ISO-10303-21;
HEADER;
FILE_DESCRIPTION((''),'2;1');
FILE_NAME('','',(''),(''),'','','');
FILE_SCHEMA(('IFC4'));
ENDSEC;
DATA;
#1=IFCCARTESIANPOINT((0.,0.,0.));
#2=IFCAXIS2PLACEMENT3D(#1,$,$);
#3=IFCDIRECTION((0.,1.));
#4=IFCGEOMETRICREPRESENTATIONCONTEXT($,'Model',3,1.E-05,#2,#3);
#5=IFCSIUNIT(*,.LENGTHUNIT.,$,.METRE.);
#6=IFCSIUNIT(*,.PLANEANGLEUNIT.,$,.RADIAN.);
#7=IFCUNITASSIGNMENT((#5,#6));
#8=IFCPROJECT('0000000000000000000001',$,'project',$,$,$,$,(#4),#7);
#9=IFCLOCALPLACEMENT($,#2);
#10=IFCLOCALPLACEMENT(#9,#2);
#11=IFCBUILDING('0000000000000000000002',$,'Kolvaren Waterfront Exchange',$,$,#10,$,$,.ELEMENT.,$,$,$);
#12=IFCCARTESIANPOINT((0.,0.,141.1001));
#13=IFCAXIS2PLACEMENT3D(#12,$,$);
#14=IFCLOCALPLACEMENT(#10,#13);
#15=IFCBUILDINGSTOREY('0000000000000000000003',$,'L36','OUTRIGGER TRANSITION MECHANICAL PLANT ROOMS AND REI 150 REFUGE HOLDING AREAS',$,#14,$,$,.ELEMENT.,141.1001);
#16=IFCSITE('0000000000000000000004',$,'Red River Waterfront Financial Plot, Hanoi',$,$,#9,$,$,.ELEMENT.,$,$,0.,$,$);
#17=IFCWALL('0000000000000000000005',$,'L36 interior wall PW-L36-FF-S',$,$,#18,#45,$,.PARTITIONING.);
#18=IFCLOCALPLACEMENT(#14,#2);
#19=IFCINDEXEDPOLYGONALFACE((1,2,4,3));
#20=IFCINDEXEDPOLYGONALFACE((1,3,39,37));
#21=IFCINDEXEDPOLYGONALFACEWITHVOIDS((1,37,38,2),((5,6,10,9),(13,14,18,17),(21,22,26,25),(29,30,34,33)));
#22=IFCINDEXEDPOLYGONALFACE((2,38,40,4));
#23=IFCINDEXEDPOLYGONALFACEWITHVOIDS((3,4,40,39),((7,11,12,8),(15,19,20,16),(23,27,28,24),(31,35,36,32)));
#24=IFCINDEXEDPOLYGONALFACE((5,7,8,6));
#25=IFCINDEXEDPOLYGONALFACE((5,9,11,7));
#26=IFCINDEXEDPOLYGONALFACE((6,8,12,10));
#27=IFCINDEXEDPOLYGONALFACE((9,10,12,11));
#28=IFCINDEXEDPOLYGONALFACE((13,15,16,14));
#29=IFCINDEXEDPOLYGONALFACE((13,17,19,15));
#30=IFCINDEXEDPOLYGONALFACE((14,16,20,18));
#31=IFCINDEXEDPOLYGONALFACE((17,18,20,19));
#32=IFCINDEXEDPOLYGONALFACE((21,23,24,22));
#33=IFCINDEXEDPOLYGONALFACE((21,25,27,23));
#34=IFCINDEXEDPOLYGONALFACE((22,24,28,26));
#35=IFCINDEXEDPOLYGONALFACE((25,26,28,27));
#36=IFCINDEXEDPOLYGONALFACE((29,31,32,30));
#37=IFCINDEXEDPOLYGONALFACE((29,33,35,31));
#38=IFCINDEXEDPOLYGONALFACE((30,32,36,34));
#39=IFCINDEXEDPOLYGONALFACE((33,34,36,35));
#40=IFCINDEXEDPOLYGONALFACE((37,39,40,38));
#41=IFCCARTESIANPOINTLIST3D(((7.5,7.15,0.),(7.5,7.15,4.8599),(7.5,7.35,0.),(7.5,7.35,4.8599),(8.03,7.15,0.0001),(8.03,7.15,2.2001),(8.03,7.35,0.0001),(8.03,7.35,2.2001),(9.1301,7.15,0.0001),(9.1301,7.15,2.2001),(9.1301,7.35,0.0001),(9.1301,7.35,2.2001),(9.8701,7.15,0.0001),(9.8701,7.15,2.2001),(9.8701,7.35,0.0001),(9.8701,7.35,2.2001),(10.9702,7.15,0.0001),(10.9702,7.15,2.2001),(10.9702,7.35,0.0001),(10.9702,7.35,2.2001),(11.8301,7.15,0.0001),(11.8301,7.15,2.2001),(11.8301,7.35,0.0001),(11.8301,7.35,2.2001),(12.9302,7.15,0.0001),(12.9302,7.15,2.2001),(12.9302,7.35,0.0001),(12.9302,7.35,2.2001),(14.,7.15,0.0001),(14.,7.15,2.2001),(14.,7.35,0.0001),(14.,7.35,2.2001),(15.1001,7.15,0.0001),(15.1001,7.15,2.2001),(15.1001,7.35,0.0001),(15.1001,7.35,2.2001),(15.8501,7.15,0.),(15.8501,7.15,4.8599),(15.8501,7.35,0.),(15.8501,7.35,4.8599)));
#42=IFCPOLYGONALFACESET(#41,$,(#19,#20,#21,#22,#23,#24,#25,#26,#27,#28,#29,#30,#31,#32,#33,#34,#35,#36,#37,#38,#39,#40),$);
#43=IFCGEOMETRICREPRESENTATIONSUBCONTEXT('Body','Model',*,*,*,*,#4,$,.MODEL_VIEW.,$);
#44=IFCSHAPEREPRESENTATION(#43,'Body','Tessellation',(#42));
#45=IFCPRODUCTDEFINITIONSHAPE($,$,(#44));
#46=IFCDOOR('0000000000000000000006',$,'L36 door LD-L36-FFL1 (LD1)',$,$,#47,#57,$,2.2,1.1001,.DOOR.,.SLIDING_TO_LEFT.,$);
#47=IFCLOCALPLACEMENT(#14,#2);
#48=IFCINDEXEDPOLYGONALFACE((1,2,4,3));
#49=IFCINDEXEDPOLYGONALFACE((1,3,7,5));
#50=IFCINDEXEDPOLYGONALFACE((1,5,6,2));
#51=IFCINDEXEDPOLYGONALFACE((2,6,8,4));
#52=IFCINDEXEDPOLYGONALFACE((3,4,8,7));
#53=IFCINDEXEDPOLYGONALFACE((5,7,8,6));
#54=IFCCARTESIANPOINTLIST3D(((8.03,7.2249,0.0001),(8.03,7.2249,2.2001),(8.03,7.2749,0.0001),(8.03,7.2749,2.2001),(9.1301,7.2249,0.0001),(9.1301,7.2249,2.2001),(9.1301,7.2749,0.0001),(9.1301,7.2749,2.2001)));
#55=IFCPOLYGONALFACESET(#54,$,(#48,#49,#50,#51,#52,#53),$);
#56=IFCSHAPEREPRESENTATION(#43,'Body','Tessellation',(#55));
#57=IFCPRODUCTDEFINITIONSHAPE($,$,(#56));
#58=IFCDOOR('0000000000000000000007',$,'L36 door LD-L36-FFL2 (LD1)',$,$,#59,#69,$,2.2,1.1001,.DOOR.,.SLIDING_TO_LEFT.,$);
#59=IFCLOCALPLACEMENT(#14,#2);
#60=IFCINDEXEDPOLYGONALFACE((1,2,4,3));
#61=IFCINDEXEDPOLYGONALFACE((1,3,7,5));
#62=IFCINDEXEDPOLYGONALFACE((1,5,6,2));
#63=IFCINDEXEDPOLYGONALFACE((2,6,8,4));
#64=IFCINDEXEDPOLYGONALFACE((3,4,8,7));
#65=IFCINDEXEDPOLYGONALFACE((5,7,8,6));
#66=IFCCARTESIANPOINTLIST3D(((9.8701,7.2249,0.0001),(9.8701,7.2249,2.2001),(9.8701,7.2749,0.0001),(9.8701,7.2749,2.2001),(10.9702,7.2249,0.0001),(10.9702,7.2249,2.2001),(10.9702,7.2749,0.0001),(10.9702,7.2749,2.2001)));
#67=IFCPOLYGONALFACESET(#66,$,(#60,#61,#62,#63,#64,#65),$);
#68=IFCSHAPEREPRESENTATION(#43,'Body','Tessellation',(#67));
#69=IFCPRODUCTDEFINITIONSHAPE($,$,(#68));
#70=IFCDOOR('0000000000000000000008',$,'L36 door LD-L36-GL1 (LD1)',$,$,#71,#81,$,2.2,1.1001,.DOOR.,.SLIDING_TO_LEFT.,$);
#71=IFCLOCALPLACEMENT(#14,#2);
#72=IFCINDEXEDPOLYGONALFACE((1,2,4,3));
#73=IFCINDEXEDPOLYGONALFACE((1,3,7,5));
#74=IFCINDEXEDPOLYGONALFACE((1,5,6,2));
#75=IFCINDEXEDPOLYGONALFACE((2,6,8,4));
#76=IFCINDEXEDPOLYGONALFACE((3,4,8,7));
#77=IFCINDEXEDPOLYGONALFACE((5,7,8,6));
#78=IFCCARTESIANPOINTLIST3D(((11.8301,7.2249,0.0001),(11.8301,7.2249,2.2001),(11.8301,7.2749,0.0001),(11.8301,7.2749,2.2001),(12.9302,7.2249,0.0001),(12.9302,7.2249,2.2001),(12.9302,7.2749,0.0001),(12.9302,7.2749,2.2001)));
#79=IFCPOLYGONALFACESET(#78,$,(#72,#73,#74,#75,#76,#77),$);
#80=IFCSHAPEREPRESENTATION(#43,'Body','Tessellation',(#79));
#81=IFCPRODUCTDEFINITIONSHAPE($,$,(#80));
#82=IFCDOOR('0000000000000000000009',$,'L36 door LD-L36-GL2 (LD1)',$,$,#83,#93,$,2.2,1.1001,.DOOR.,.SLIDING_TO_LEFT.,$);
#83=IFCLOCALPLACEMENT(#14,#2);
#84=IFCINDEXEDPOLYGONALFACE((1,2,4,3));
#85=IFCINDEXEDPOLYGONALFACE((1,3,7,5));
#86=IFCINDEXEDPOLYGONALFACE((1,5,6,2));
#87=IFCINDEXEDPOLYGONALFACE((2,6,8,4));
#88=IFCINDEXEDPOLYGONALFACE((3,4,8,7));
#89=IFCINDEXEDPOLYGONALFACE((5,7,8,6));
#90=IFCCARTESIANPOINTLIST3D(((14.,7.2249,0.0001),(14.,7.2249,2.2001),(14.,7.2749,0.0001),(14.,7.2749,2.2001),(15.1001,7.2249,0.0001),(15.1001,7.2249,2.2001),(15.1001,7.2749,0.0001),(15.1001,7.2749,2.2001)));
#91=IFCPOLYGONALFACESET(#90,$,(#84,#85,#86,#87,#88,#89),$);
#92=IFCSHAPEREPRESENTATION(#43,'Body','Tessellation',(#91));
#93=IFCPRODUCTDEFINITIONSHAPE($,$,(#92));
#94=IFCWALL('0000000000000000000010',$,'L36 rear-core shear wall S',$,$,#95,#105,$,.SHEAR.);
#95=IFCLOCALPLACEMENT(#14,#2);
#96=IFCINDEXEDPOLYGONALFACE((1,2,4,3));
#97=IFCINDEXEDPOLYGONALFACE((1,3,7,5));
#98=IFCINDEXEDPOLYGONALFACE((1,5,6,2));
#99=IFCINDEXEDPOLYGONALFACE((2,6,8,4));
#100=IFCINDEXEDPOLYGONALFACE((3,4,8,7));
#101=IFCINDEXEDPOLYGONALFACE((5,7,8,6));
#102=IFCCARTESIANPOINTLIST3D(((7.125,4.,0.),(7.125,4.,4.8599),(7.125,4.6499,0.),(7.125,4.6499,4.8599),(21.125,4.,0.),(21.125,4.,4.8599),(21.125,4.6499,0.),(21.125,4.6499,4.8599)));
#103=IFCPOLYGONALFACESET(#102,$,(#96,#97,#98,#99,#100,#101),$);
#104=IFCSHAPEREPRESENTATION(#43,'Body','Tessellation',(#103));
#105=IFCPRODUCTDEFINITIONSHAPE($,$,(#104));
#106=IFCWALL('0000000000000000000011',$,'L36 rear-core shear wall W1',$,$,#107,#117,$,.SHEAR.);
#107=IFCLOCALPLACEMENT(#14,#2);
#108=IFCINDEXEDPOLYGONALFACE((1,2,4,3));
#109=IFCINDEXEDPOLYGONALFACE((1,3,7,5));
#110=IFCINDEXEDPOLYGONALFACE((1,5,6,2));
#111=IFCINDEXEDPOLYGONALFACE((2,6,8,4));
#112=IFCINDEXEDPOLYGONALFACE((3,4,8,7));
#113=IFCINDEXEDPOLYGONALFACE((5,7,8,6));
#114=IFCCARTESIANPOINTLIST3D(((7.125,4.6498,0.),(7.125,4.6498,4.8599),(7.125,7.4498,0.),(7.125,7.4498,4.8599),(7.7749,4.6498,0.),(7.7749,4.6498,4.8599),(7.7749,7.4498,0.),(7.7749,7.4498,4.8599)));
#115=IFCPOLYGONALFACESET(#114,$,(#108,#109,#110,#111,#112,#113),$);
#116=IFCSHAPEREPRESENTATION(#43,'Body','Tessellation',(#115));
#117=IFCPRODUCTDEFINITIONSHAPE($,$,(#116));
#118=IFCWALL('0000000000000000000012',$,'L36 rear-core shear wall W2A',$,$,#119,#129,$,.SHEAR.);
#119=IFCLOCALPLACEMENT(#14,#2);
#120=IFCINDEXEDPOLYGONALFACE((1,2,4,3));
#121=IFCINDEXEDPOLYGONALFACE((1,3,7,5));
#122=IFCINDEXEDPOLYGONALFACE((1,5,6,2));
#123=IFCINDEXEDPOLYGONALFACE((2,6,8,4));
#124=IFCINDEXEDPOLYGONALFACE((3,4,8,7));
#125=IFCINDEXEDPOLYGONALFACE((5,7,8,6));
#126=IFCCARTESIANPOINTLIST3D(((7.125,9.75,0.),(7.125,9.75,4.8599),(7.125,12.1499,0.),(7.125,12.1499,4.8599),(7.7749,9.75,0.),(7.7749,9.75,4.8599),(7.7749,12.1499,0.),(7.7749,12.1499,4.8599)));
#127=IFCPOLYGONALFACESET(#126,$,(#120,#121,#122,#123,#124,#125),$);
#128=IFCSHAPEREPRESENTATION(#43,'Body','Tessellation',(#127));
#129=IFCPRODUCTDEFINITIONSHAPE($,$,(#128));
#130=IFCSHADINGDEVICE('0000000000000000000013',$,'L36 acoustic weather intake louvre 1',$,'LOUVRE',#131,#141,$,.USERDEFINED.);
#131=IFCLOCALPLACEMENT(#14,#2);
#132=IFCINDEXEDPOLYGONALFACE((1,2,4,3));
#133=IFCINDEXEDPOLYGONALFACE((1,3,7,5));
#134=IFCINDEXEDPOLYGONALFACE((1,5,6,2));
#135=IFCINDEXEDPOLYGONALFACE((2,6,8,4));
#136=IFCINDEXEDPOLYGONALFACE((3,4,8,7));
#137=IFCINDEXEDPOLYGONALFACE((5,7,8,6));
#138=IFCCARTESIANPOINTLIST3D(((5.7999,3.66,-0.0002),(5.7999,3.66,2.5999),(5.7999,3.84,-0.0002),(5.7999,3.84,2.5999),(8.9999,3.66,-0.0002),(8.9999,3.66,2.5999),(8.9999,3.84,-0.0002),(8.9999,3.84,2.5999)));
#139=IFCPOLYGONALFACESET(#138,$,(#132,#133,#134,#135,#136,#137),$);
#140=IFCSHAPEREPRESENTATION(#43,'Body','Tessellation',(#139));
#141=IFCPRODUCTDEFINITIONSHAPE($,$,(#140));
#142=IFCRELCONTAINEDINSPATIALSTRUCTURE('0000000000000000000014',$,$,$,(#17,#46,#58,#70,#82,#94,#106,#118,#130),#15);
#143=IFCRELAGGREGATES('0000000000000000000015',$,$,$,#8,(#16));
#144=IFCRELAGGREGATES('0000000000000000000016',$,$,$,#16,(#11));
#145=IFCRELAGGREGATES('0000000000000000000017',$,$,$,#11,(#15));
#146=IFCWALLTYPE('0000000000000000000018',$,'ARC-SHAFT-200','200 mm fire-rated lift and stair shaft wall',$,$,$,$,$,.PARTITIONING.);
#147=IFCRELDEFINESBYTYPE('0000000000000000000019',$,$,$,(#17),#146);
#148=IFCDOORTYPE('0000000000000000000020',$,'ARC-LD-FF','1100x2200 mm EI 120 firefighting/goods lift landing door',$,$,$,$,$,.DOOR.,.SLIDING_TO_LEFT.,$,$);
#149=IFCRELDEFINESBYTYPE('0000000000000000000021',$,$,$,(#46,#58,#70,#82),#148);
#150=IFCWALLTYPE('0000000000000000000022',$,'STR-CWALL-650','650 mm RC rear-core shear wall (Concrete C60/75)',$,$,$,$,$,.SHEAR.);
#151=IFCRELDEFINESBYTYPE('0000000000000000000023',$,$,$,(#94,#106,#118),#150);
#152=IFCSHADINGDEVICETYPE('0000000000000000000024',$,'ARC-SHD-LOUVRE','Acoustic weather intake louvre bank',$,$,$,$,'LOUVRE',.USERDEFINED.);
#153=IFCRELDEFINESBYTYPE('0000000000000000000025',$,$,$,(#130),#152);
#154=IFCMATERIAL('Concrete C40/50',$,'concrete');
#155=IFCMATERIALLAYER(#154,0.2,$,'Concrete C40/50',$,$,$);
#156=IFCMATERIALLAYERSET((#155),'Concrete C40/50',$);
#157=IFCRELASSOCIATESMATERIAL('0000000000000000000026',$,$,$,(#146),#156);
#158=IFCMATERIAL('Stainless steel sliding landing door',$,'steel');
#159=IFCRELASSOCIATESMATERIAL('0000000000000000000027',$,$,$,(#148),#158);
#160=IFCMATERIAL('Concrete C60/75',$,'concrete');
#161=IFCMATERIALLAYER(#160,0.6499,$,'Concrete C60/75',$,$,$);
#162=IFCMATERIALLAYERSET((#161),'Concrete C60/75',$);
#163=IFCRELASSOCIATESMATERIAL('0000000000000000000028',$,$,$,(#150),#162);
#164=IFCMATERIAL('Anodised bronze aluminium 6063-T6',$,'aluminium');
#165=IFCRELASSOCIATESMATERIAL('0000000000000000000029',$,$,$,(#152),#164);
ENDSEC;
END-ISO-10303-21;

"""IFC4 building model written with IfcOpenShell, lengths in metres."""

from ifc_helpers import new_model, si_unit, direction, frame, frame_2d, origin, origin_with_axes, origin_2d, place, context, subcontext, project, spatial, rectangle, extrude, source, transform, mapped, material, layer, layer_set, type_object, element, fill, save


model = new_model("IFC4")

# Units and contexts
model_context = context("Model", 3, precision=1e-05, world=origin(), true_north=direction((0.0, 1.0)))
body_context = subcontext(model_context, "Body", "Model", "MODEL_VIEW")
ifc_project = project(units=[si_unit("LENGTHUNIT", "METRE"), si_unit("PLANEANGLEUNIT", "RADIAN")], contexts=[model_context])

# Site, building, storey
site_placement = place(None, origin())
site = spatial("IfcSite", under=ifc_project, at=site_placement, Name="Red River Waterfront Financial Plot, Hanoi", CompositionType="ELEMENT", RefElevation=0.0)
building_placement = place(site_placement, origin())
building = spatial("IfcBuilding", under=site, at=building_placement, Name="Kolvaren Waterfront Exchange", CompositionType="ELEMENT")
storey_placement = place(building_placement, frame((0.0, 0.0, 141.1001)))
storey = spatial("IfcBuildingStorey", under=building, at=storey_placement, Name="L36", Description="OUTRIGGER TRANSITION MECHANICAL PLANT ROOMS AND REI 150 REFUGE HOLDING AREAS", CompositionType="ELEMENT", Elevation=141.1001)

# Shared definitions
ifc_material_1 = material(Name="Concrete C60/75", Category="concrete")

# Shared definitions
ifc_material_2 = material(Name="Anodised bronze aluminium 6063-T6", Category="aluminium")

# Shared definitions
ifc_material_3 = material(Name="Concrete C40/50", Category="concrete")

# Wall, openings, doors
ifc_layer_1 = layer(ifc_material_3, 0.2, Name="Concrete C40/50")
ifc_layer_set_1 = layer_set([ifc_layer_1], Name="Concrete C40/50")
wall_type_1 = type_object("IfcWallType", Name="ARC-SHAFT-200", Description="200 mm fire-rated lift and stair shaft wall", PredefinedType="PARTITIONING", material=ifc_layer_set_1)
wall_1_placement = place(storey_placement, frame((7.5, 7.25, 0.0), z_axis=(0.0, 0.0, 1.0), x_axis=(1.0, 0.0, 0.0)))
wall_1 = element("IfcWall", 1, at=wall_1_placement, inside=storey, type_object=wall_type_1, Name="L36 interior wall PW-L36-FF-S", PredefinedType="PARTITIONING", context=body_context, shape_type="SweptSolid", body=[
    extrude(rectangle(XDim=8.3501, YDim=0.2, at=frame_2d((4.175, 0.0))), origin(), (0.0, 0.0, 1.0), 4.8599),
])
opening_1_placement = place(wall_1_placement, frame((0.53, 0.0, 0.0)))
opening_1 = element("IfcOpeningElement", 2, at=opening_1_placement, cuts=wall_1, PredefinedType="OPENING", context=body_context, shape_type="SweptSolid", body=[
    extrude(rectangle(XDim=1.1001, YDim=2.2, at=frame_2d((0.55, 1.1001))), frame((0.0, 0.1099, 0.0), z_axis=(0.0, -1.0, 0.0), x_axis=(1.0, 0.0, 0.0)), (0.0, 0.0, 1.0), 0.22),
])
opening_2_placement = place(wall_1_placement, frame((2.3701, 0.0, 0.0)))
opening_2 = element("IfcOpeningElement", 3, at=opening_2_placement, cuts=wall_1, PredefinedType="OPENING", context=body_context, shape_type="SweptSolid", body=[
    extrude(rectangle(XDim=1.1001, YDim=2.2, at=frame_2d((0.55, 1.1001))), frame((0.0, 0.1099, 0.0), z_axis=(0.0, -1.0, 0.0), x_axis=(1.0, 0.0, 0.0)), (0.0, 0.0, 1.0), 0.22),
])
opening_3_placement = place(wall_1_placement, frame((4.3301, 0.0, 0.0)))
opening_3 = element("IfcOpeningElement", 4, at=opening_3_placement, cuts=wall_1, PredefinedType="OPENING", context=body_context, shape_type="SweptSolid", body=[
    extrude(rectangle(XDim=1.1001, YDim=2.2, at=frame_2d((0.55, 1.1001))), frame((0.0, 0.1099, 0.0), z_axis=(0.0, -1.0, 0.0), x_axis=(1.0, 0.0, 0.0)), (0.0, 0.0, 1.0), 0.22),
])
opening_4_placement = place(wall_1_placement, frame((6.5, 0.0, 0.0)))
opening_4 = element("IfcOpeningElement", 5, at=opening_4_placement, cuts=wall_1, PredefinedType="OPENING", context=body_context, shape_type="SweptSolid", body=[
    extrude(rectangle(XDim=1.1001, YDim=2.2, at=frame_2d((0.55, 1.1001))), frame((0.0, 0.1099, 0.0), z_axis=(0.0, -1.0, 0.0), x_axis=(1.0, 0.0, 0.0)), (0.0, 0.0, 1.0), 0.22),
])
ifc_material_4 = material(Name="Stainless steel sliding landing door", Category="steel")
door_type_1 = type_object("IfcDoorType", Name="ARC-LD-FF", Description="1100x2200 mm EI 120 firefighting/goods lift landing door", OperationType="SLIDING_TO_LEFT", PredefinedType="DOOR", material=ifc_material_4)
door_1_placement = place(opening_1_placement, origin())
door_1 = element("IfcDoor", 6, at=door_1_placement, inside=storey, type_object=door_type_1, Name="L36 door LD-L36-FFL1 (LD1)", OperationType="SLIDING_TO_LEFT", OverallHeight=2.2, OverallWidth=1.1001, PredefinedType="DOOR", context=body_context, shape_type="SweptSolid", body=[
    extrude(rectangle(XDim=1.1001, YDim=2.2, at=frame_2d((0.55, 1.1001))), frame((0.0, 0.0249, 0.0), z_axis=(0.0, -1.0, 0.0), x_axis=(1.0, 0.0, 0.0)), (0.0, 0.0, 1.0), 0.05),
])
fill(opening_1, door_1)
door_2_placement = place(opening_2_placement, origin())
door_2 = element("IfcDoor", 7, at=door_2_placement, inside=storey, type_object=door_type_1, Name="L36 door LD-L36-FFL2 (LD1)", OperationType="SLIDING_TO_LEFT", OverallHeight=2.2, OverallWidth=1.1001, PredefinedType="DOOR", context=body_context, shape_type="SweptSolid", body=[
    extrude(rectangle(XDim=1.1001, YDim=2.2, at=frame_2d((0.55, 1.1001))), frame((0.0, 0.0249, 0.0), z_axis=(0.0, -1.0, 0.0), x_axis=(1.0, 0.0, 0.0)), (0.0, 0.0, 1.0), 0.05),
])
fill(opening_2, door_2)
door_3_placement = place(opening_3_placement, origin())
door_3 = element("IfcDoor", 8, at=door_3_placement, inside=storey, type_object=door_type_1, Name="L36 door LD-L36-GL1 (LD1)", OperationType="SLIDING_TO_LEFT", OverallHeight=2.2, OverallWidth=1.1001, PredefinedType="DOOR", context=body_context, shape_type="SweptSolid", body=[
    extrude(rectangle(XDim=1.1001, YDim=2.2, at=frame_2d((0.55, 1.1001))), frame((0.0, 0.0249, 0.0), z_axis=(0.0, -1.0, 0.0), x_axis=(1.0, 0.0, 0.0)), (0.0, 0.0, 1.0), 0.05),
])
fill(opening_3, door_3)
door_4_placement = place(opening_4_placement, origin())
door_4 = element("IfcDoor", 9, at=door_4_placement, inside=storey, type_object=door_type_1, Name="L36 door LD-L36-GL2 (LD1)", OperationType="SLIDING_TO_LEFT", OverallHeight=2.2, OverallWidth=1.1001, PredefinedType="DOOR", context=body_context, shape_type="SweptSolid", body=[
    extrude(rectangle(XDim=1.1001, YDim=2.2, at=frame_2d((0.55, 1.1001))), frame((0.0, 0.0249, 0.0), z_axis=(0.0, -1.0, 0.0), x_axis=(1.0, 0.0, 0.0)), (0.0, 0.0, 1.0), 0.05),
])
fill(opening_4, door_4)

# Walls
ifc_layer_2 = layer(ifc_material_1, 0.6499, Name="Concrete C60/75")
ifc_layer_set_2 = layer_set([ifc_layer_2], Name="Concrete C60/75")
wall_type_2 = type_object("IfcWallType", Name="STR-CWALL-650", Description="650 mm RC rear-core shear wall (Concrete C60/75)", PredefinedType="SHEAR", material=ifc_layer_set_2)
wall_2_placement = place(storey_placement, frame((7.125, 4.325, 0.0), z_axis=(0.0, 0.0, 1.0), x_axis=(1.0, 0.0, 0.0)))
element("IfcWall", 10, at=wall_2_placement, inside=storey, type_object=wall_type_2, Name="L36 rear-core shear wall S", PredefinedType="SHEAR", context=body_context, shape_type="SweptSolid", body=[
    extrude(rectangle(XDim=14.0, YDim=0.6499, at=frame_2d((7.0, 0.0))), origin(), (0.0, 0.0, 1.0), 4.8599),
])
wall_3_placement = place(storey_placement, frame((7.45, 4.6499, 0.0), z_axis=(0.0, 0.0, 1.0), x_axis=(0.0, 1.0, 0.0)))
element("IfcWall", 11, at=wall_3_placement, inside=storey, type_object=wall_type_2, Name="L36 rear-core shear wall W1", PredefinedType="SHEAR", context=body_context, shape_type="SweptSolid", body=[
    extrude(rectangle(XDim=2.8, YDim=0.6499, at=frame_2d((1.3999, 0.0))), origin(), (0.0, 0.0, 1.0), 4.8599),
])
wall_4_placement = place(storey_placement, frame((7.45, 9.75, 0.0), z_axis=(0.0, 0.0, 1.0), x_axis=(0.0, 1.0, 0.0)))
element("IfcWall", 12, at=wall_4_placement, inside=storey, type_object=wall_type_2, Name="L36 rear-core shear wall W2A", PredefinedType="SHEAR", context=body_context, shape_type="SweptSolid", body=[
    extrude(rectangle(XDim=2.3999, YDim=0.6499, at=frame_2d((1.2, 0.0))), origin(), (0.0, 0.0, 1.0), 4.8599),
])

# Shading device
shading_device_type = type_object("IfcShadingDeviceType", Name="ARC-SHD-LOUVRE", Description="Acoustic weather intake louvre bank", ElementType="LOUVRE", PredefinedType="USERDEFINED", material=ifc_material_2)
shared_shape_1 = source(origin_with_axes(), body_context, "Body", "SweptSolid", [
    extrude(rectangle(XDim=3.2, YDim=0.1799, at=origin_2d()), origin(), (0.0, 0.0, 1.0), 2.6001),
])
shading_device_placement = place(storey_placement, frame((7.3999, 3.75, -0.0002), z_axis=(0.0, 0.0, 1.0), x_axis=(1.0, 0.0, 0.0)))
element("IfcShadingDevice", 13, at=shading_device_placement, inside=storey, type_object=shading_device_type, Name="L36 acoustic weather intake louvre 1", ObjectType="LOUVRE", PredefinedType="USERDEFINED", context=body_context, shape_type="MappedRepresentation", body=[
    mapped(shared_shape_1, transform((0.0, 0.0, 0.0), x_axis=(1.0, 0.0, 0.0), y_axis=(0.0, 1.0, 0.0), z_axis=(0.0, 0.0, 1.0), scale=1.0)),
])

save(model, "model.ifc")
